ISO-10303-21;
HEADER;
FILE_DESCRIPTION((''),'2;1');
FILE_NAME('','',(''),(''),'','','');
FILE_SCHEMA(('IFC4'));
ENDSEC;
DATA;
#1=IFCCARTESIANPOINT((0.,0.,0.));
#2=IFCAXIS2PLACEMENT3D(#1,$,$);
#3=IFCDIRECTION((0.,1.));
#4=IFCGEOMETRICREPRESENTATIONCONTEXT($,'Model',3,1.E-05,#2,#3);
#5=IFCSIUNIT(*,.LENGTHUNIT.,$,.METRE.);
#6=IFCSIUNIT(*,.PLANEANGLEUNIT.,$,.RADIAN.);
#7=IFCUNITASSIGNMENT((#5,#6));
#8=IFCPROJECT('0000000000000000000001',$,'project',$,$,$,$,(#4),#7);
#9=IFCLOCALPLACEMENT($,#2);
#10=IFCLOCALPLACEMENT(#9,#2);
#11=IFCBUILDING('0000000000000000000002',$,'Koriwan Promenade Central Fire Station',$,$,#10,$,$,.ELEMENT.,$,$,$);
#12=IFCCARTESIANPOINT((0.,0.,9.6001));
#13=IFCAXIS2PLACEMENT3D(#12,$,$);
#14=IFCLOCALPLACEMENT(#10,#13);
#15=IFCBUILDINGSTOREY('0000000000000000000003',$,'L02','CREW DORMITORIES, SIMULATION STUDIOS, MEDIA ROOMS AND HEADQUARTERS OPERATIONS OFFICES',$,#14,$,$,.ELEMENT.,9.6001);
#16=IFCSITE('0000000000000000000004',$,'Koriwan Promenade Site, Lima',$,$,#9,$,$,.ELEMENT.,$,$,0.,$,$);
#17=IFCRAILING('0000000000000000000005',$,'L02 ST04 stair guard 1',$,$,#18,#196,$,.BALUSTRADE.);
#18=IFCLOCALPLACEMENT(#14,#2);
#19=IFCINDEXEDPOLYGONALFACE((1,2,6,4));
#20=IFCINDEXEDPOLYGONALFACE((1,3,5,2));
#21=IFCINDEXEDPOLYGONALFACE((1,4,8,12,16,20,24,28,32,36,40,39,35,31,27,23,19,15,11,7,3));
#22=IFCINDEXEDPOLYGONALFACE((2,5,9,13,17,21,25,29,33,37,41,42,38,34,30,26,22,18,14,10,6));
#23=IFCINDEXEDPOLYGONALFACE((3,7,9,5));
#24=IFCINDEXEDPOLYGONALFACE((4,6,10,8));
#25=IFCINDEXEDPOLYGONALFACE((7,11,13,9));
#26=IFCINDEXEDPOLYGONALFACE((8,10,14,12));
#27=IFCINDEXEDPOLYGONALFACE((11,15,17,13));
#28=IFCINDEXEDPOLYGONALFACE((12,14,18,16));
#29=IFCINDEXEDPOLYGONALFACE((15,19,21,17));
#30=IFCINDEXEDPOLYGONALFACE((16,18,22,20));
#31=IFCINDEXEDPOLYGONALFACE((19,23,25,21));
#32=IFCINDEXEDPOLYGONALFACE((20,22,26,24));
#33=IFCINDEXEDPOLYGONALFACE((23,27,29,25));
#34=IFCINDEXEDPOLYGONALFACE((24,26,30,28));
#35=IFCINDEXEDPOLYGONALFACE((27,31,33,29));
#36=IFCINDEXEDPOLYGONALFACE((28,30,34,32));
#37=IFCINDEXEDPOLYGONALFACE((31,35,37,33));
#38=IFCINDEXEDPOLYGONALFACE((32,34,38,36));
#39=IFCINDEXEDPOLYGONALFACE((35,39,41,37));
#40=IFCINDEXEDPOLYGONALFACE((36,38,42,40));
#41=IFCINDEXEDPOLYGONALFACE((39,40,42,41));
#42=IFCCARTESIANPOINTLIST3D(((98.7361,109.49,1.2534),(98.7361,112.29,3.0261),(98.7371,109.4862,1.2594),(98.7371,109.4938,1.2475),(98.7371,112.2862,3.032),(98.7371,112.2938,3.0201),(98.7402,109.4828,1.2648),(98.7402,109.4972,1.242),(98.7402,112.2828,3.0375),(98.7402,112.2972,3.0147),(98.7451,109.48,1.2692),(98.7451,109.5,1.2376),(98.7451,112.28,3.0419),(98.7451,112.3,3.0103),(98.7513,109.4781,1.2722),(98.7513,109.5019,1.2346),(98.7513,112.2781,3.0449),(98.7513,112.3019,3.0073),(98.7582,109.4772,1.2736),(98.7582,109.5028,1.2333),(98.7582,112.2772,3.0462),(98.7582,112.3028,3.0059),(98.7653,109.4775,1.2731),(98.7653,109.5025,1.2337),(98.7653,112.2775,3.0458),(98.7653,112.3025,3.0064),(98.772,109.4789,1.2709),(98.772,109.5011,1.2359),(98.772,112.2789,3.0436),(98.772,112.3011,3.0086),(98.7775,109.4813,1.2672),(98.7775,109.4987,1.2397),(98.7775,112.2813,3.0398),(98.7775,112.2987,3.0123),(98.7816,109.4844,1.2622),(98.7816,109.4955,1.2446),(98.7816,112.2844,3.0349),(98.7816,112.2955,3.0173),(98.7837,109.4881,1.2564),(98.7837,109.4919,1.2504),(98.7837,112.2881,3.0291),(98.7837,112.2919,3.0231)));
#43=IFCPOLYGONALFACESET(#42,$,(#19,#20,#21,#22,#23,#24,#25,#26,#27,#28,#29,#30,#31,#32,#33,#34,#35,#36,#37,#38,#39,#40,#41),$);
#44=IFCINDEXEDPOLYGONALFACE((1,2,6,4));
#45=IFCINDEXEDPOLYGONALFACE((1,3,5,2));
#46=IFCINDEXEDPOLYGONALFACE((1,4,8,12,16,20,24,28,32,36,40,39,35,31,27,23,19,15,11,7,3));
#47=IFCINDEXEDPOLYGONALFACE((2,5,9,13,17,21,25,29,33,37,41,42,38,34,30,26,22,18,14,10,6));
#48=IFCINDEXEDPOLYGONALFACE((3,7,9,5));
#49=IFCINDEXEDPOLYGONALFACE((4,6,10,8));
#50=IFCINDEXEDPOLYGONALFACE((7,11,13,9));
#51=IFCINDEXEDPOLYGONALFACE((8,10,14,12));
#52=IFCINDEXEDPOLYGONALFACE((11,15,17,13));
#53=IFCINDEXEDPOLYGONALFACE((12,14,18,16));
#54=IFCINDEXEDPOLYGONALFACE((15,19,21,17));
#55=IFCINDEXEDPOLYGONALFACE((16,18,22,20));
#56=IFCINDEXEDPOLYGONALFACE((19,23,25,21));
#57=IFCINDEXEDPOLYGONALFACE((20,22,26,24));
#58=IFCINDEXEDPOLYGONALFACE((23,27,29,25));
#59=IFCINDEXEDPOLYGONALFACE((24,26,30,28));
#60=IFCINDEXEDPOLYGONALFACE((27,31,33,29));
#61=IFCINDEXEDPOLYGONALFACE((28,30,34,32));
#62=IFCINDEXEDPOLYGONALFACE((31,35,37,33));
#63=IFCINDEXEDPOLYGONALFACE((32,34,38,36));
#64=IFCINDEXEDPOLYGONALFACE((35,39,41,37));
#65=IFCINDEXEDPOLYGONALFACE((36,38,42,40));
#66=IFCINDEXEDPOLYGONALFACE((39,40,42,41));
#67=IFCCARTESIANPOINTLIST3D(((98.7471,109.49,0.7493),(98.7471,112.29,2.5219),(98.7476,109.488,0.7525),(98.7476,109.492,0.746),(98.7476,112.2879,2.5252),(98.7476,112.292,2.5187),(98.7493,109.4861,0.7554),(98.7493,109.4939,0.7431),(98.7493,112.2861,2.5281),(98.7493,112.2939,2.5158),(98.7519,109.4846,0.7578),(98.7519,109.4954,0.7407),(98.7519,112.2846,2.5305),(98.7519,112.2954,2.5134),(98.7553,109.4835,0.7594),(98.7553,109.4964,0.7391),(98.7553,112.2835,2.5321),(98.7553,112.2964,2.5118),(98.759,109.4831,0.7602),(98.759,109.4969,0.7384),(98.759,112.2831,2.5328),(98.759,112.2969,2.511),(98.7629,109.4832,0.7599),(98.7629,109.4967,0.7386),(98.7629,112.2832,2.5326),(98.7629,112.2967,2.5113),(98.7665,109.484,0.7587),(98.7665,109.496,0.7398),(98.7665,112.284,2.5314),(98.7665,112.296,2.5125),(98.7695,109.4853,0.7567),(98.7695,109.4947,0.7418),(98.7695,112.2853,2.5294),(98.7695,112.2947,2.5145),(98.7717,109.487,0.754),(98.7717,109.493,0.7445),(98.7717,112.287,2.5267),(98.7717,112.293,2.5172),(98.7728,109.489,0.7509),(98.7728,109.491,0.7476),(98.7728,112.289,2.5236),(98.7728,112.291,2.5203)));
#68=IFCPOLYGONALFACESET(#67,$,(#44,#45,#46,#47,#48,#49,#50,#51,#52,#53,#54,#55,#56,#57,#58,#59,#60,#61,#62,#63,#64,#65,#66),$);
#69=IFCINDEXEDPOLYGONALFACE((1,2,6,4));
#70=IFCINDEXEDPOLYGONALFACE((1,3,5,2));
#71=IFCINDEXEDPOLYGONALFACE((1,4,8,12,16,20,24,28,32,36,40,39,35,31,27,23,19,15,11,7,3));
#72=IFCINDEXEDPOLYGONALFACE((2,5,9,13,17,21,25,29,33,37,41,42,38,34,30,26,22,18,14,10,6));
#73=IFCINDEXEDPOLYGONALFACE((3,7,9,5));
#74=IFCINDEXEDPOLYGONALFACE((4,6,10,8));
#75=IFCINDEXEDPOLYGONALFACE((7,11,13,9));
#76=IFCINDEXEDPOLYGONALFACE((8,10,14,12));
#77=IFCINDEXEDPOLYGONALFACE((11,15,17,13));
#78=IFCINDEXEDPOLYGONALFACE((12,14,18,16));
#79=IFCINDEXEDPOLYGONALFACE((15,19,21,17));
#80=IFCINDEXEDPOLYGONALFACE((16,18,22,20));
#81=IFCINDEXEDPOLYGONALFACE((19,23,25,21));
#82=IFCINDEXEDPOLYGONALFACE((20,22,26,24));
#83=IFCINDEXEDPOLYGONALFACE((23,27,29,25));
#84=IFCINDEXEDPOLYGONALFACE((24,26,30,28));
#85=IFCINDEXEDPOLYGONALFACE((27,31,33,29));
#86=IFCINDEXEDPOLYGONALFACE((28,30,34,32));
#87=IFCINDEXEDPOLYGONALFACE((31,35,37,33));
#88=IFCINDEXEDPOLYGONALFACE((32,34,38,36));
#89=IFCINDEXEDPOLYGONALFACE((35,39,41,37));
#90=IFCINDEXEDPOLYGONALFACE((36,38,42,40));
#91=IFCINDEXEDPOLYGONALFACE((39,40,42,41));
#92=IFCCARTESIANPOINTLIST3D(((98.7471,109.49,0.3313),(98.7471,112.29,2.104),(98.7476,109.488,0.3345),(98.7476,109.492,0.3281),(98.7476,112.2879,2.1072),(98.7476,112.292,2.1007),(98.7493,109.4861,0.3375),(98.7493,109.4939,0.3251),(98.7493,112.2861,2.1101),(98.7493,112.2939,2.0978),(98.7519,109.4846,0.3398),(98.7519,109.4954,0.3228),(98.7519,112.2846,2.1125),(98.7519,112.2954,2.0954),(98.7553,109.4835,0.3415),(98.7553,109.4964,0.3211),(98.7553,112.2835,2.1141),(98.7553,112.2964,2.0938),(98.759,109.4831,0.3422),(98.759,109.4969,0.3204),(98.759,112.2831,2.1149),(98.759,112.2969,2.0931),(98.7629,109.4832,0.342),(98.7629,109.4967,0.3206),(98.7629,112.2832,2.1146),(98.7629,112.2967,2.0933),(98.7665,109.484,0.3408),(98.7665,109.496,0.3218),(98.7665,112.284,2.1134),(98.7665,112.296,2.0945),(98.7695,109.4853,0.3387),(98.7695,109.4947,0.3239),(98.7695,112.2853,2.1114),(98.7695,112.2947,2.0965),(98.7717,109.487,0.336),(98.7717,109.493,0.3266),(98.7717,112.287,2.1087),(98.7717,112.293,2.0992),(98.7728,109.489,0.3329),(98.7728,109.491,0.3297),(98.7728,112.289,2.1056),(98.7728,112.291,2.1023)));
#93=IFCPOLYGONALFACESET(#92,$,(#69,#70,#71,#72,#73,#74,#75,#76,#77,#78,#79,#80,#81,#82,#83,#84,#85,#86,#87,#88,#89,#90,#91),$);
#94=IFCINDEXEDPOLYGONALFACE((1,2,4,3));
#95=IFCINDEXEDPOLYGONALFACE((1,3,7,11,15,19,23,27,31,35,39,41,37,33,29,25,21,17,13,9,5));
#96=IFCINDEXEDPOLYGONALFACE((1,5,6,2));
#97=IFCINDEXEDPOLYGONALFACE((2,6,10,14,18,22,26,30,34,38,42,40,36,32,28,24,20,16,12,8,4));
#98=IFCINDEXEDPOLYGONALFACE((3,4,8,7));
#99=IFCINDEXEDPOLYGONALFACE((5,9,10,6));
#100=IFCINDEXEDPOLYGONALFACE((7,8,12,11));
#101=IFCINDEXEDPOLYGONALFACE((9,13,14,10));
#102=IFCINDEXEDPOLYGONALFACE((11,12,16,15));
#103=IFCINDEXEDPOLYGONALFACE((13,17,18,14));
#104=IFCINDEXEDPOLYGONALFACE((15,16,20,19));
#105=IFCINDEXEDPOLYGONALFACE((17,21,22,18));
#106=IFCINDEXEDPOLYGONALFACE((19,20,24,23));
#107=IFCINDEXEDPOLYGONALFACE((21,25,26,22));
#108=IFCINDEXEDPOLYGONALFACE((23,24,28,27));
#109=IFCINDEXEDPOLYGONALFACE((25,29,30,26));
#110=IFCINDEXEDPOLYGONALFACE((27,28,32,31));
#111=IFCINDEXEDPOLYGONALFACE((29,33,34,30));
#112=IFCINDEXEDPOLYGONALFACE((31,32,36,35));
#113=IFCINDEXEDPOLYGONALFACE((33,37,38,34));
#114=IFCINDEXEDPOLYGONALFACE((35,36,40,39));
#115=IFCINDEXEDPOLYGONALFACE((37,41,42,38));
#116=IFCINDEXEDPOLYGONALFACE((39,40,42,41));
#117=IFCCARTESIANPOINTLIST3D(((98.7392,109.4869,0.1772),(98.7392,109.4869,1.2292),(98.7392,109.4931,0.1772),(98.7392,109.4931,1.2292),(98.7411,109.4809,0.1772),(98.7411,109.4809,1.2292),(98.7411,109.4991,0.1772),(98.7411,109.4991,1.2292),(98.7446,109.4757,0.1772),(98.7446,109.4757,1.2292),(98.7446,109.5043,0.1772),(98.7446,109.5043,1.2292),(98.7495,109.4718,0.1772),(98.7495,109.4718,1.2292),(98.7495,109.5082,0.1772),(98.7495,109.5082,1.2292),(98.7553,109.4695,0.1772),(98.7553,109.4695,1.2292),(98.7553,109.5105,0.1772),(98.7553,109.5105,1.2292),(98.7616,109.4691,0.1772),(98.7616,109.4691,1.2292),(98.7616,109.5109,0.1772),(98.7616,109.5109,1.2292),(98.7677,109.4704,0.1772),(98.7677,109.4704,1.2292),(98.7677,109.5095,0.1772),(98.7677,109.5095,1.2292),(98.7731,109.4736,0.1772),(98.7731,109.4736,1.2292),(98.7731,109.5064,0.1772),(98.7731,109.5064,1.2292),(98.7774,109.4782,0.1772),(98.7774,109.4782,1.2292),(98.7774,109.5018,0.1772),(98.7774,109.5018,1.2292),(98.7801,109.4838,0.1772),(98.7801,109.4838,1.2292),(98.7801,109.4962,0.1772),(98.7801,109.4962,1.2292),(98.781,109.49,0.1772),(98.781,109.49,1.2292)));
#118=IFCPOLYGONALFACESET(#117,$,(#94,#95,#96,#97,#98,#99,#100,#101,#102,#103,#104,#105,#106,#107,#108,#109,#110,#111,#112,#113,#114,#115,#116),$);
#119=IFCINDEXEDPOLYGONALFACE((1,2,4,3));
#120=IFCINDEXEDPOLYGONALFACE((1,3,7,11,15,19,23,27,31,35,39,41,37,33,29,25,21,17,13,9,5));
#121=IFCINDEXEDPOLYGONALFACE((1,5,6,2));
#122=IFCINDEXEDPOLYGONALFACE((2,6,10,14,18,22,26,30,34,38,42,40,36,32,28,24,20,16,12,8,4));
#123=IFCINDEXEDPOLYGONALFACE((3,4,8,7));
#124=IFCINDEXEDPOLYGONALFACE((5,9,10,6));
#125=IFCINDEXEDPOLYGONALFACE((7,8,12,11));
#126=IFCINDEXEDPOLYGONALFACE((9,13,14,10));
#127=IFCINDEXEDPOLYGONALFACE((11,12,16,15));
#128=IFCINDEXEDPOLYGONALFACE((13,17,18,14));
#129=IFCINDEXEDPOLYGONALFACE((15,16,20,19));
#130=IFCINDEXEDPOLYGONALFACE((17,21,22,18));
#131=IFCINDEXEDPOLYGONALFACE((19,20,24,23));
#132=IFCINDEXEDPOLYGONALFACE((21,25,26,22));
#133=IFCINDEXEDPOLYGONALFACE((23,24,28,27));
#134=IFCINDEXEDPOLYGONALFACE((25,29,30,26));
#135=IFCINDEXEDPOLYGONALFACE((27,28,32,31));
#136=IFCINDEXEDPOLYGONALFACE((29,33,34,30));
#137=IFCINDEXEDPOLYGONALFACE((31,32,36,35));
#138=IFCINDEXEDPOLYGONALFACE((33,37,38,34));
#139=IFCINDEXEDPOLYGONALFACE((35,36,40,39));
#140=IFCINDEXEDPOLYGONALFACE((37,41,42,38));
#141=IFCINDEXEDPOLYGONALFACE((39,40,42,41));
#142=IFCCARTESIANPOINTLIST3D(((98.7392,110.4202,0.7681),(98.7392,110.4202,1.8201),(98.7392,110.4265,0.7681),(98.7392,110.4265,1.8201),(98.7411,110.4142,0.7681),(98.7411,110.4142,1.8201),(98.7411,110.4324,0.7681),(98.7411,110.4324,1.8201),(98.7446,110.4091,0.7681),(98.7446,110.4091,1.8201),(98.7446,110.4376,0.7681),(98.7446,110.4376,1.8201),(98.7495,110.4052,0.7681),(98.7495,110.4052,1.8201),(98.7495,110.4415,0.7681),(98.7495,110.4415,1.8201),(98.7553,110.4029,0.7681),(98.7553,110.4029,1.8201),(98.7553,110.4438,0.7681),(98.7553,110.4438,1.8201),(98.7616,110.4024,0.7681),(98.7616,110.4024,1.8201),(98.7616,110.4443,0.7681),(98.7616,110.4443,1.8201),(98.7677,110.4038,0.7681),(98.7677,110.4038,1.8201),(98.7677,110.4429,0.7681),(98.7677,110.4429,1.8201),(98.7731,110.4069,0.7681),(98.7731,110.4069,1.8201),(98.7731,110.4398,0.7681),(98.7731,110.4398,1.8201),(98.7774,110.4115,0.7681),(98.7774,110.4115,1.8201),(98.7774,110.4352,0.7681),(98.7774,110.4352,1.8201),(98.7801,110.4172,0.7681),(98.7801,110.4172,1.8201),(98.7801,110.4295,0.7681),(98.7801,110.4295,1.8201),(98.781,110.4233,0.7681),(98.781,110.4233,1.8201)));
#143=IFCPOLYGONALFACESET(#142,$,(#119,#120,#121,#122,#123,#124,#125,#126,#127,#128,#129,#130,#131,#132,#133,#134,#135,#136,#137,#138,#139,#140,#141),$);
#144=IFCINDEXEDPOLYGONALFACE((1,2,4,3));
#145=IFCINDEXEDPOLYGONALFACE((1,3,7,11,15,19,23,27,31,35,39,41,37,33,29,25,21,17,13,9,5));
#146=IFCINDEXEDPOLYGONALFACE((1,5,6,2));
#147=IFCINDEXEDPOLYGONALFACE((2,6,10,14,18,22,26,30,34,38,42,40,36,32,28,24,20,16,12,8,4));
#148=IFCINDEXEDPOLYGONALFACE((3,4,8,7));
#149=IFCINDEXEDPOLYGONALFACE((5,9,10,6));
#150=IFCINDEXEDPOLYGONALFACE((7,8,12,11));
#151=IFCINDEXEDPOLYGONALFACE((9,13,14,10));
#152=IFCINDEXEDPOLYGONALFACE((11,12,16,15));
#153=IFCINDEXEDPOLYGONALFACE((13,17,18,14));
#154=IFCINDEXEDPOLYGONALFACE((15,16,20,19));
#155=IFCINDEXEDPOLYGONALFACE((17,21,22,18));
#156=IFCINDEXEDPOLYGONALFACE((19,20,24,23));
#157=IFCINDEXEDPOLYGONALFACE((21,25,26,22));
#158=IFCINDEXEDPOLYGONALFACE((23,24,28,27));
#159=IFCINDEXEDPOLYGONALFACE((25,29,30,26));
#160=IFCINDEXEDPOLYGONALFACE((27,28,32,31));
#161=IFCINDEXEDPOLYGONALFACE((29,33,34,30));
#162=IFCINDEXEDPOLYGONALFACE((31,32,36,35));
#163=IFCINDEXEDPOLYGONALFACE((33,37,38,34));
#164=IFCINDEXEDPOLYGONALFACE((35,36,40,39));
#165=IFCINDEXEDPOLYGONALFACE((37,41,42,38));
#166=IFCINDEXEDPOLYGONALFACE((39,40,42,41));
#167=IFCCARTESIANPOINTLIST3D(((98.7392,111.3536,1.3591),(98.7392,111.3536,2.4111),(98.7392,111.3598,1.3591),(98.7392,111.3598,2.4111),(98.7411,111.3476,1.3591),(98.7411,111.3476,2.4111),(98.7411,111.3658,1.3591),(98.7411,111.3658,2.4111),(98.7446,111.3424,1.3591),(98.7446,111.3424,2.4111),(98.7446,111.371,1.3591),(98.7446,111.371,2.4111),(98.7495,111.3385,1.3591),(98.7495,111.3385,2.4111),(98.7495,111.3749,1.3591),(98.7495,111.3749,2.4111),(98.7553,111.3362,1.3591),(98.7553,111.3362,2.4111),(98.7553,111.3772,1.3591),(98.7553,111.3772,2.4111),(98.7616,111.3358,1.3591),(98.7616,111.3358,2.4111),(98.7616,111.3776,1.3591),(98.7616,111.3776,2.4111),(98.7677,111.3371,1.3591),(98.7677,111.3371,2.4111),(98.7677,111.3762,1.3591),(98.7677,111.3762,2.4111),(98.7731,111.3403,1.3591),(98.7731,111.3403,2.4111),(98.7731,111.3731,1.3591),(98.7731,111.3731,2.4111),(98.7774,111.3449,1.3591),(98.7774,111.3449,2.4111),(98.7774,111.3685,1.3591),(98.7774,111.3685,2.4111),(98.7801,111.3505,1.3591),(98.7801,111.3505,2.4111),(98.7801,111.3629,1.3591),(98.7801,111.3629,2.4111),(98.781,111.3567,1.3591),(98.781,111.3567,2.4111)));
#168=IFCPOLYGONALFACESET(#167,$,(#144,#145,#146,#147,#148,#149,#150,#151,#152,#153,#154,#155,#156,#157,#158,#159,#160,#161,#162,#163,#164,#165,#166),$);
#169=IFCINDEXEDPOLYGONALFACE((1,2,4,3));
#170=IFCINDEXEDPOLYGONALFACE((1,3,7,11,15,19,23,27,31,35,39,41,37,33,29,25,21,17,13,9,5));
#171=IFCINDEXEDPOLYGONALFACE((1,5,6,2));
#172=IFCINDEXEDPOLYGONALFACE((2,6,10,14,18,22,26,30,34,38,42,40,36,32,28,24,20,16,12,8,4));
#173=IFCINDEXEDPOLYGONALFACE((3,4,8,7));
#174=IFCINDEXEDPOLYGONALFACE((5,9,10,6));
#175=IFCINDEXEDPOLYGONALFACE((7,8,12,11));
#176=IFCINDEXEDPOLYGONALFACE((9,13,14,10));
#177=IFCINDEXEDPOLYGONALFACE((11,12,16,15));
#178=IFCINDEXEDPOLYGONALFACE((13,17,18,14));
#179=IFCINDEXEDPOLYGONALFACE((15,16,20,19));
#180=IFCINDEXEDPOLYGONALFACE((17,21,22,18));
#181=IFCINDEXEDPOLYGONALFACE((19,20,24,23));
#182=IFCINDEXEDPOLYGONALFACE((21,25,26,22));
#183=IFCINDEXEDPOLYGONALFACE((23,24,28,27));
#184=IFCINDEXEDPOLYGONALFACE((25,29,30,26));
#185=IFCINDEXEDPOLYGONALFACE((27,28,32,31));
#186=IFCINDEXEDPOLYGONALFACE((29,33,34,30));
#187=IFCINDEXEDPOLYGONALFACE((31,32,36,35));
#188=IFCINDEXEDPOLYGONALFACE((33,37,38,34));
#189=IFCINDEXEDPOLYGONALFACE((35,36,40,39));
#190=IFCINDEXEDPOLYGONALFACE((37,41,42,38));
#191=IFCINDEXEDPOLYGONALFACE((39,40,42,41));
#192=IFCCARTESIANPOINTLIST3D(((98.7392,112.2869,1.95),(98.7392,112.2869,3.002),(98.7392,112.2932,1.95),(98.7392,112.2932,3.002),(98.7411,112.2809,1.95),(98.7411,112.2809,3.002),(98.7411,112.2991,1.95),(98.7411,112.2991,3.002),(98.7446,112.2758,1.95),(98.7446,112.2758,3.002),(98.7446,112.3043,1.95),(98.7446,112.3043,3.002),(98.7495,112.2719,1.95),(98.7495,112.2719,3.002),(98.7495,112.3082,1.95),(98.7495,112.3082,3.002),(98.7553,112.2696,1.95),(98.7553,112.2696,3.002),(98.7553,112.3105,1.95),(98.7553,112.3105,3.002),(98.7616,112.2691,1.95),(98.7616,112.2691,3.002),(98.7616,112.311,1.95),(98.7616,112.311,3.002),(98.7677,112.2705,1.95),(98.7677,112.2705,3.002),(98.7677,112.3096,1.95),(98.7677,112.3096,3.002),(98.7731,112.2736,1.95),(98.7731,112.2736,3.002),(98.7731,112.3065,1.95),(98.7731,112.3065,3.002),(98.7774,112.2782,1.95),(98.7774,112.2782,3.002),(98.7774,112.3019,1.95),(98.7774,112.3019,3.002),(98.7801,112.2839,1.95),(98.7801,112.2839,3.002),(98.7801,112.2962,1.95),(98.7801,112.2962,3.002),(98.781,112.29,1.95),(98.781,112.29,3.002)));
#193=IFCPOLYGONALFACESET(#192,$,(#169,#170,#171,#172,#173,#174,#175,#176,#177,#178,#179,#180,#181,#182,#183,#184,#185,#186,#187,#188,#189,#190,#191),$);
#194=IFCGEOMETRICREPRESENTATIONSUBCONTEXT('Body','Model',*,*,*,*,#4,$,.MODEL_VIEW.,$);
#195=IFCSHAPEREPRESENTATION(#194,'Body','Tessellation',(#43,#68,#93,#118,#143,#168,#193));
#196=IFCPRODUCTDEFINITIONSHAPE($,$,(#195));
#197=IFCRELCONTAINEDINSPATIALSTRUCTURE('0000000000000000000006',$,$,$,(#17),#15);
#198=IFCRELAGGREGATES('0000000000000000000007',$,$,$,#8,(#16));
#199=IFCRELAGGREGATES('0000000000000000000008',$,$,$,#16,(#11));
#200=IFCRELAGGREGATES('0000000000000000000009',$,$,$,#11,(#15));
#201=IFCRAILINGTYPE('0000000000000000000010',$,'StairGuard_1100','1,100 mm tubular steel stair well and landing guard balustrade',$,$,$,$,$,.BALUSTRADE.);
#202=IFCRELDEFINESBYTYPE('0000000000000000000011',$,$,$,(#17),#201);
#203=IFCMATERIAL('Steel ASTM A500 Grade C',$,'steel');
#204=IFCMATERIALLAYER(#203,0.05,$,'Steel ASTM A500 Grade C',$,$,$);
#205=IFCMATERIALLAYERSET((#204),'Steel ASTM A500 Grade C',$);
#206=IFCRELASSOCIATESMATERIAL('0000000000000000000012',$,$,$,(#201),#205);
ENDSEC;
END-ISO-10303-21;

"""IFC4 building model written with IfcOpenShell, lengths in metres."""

from ifc_helpers import new_model, si_unit, direction, frame, origin, origin_2d, place, context, subcontext, project, spatial, circle, extrude, material, layer, layer_set, type_object, element, save


model = new_model("IFC4")

# Units and contexts
model_context = context("Model", 3, precision=1e-05, world=origin(), true_north=direction((0.0, 1.0)))
body_context = subcontext(model_context, "Body", "Model", "MODEL_VIEW")
ifc_project = project(units=[si_unit("LENGTHUNIT", "METRE"), si_unit("PLANEANGLEUNIT", "RADIAN")], contexts=[model_context])

# Site, building, storey
site_placement = place(None, origin())
site = spatial("IfcSite", under=ifc_project, at=site_placement, Name="Koriwan Promenade Site, Lima", CompositionType="ELEMENT", RefElevation=0.0)
building_placement = place(site_placement, origin())
building = spatial("IfcBuilding", under=site, at=building_placement, Name="Koriwan Promenade Central Fire Station", CompositionType="ELEMENT")
storey_placement = place(building_placement, frame((0.0, 0.0, 9.6001)))
storey = spatial("IfcBuildingStorey", under=building, at=storey_placement, Name="L02", Description="CREW DORMITORIES, SIMULATION STUDIOS, MEDIA ROOMS AND HEADQUARTERS OPERATIONS OFFICES", CompositionType="ELEMENT", Elevation=9.6001)

# Railing
ifc_material_1 = material(Name="Steel ASTM A500 Grade C", Category="steel")
ifc_layer_1 = layer(ifc_material_1, 0.05, Name="Steel ASTM A500 Grade C")
ifc_layer_set_1 = layer_set([ifc_layer_1], Name="Steel ASTM A500 Grade C")
railing_type_1 = type_object("IfcRailingType", Name="StairGuard_1100", Description="1,100 mm tubular steel stair well and landing guard balustrade", PredefinedType="BALUSTRADE", material=ifc_layer_set_1)
railing_1_placement = place(storey_placement, frame((98.76, 109.49, 0.1772)))
element("IfcRailing", 1, at=railing_1_placement, inside=storey, type_object=railing_type_1, Name="L02 ST04 stair guard 1", PredefinedType="BALUSTRADE", context=body_context, shape_type="SweptSolid", body=[
    extrude(circle(Radius=0.0239, at=origin_2d()), frame((0.0, 0.0, 1.0762), z_axis=(0.0, 0.844909, 0.53491), x_axis=(-1.0, 0.0, 0.0)), (0.0, 0.0, 1.0), 3.314),
    extrude(circle(Radius=0.0129, at=origin_2d()), frame((0.0, 0.0, 0.572), z_axis=(0.0, 0.844909, 0.53491), x_axis=(-1.0, 0.0, 0.0)), (0.0, 0.0, 1.0), 3.314),
    extrude(circle(Radius=0.0129, at=origin_2d()), frame((0.0, 0.0, 0.1541), z_axis=(0.0, 0.844909, 0.53491), x_axis=(-1.0, 0.0, 0.0)), (0.0, 0.0, 1.0), 3.314),
    extrude(circle(Radius=0.021, at=origin_2d()), origin(), (0.0, 0.0, 1.0), 1.052),
    extrude(circle(Radius=0.021, at=origin_2d()), frame((0.0, 0.9333, 0.5908)), (0.0, 0.0, 1.0), 1.052),
    extrude(circle(Radius=0.021, at=origin_2d()), frame((0.0, 1.8667, 1.1819)), (0.0, 0.0, 1.0), 1.052),
    extrude(circle(Radius=0.021, at=origin_2d()), frame((0.0, 2.8, 1.7727)), (0.0, 0.0, 1.0), 1.052),
])

save(model, "model.ifc")
